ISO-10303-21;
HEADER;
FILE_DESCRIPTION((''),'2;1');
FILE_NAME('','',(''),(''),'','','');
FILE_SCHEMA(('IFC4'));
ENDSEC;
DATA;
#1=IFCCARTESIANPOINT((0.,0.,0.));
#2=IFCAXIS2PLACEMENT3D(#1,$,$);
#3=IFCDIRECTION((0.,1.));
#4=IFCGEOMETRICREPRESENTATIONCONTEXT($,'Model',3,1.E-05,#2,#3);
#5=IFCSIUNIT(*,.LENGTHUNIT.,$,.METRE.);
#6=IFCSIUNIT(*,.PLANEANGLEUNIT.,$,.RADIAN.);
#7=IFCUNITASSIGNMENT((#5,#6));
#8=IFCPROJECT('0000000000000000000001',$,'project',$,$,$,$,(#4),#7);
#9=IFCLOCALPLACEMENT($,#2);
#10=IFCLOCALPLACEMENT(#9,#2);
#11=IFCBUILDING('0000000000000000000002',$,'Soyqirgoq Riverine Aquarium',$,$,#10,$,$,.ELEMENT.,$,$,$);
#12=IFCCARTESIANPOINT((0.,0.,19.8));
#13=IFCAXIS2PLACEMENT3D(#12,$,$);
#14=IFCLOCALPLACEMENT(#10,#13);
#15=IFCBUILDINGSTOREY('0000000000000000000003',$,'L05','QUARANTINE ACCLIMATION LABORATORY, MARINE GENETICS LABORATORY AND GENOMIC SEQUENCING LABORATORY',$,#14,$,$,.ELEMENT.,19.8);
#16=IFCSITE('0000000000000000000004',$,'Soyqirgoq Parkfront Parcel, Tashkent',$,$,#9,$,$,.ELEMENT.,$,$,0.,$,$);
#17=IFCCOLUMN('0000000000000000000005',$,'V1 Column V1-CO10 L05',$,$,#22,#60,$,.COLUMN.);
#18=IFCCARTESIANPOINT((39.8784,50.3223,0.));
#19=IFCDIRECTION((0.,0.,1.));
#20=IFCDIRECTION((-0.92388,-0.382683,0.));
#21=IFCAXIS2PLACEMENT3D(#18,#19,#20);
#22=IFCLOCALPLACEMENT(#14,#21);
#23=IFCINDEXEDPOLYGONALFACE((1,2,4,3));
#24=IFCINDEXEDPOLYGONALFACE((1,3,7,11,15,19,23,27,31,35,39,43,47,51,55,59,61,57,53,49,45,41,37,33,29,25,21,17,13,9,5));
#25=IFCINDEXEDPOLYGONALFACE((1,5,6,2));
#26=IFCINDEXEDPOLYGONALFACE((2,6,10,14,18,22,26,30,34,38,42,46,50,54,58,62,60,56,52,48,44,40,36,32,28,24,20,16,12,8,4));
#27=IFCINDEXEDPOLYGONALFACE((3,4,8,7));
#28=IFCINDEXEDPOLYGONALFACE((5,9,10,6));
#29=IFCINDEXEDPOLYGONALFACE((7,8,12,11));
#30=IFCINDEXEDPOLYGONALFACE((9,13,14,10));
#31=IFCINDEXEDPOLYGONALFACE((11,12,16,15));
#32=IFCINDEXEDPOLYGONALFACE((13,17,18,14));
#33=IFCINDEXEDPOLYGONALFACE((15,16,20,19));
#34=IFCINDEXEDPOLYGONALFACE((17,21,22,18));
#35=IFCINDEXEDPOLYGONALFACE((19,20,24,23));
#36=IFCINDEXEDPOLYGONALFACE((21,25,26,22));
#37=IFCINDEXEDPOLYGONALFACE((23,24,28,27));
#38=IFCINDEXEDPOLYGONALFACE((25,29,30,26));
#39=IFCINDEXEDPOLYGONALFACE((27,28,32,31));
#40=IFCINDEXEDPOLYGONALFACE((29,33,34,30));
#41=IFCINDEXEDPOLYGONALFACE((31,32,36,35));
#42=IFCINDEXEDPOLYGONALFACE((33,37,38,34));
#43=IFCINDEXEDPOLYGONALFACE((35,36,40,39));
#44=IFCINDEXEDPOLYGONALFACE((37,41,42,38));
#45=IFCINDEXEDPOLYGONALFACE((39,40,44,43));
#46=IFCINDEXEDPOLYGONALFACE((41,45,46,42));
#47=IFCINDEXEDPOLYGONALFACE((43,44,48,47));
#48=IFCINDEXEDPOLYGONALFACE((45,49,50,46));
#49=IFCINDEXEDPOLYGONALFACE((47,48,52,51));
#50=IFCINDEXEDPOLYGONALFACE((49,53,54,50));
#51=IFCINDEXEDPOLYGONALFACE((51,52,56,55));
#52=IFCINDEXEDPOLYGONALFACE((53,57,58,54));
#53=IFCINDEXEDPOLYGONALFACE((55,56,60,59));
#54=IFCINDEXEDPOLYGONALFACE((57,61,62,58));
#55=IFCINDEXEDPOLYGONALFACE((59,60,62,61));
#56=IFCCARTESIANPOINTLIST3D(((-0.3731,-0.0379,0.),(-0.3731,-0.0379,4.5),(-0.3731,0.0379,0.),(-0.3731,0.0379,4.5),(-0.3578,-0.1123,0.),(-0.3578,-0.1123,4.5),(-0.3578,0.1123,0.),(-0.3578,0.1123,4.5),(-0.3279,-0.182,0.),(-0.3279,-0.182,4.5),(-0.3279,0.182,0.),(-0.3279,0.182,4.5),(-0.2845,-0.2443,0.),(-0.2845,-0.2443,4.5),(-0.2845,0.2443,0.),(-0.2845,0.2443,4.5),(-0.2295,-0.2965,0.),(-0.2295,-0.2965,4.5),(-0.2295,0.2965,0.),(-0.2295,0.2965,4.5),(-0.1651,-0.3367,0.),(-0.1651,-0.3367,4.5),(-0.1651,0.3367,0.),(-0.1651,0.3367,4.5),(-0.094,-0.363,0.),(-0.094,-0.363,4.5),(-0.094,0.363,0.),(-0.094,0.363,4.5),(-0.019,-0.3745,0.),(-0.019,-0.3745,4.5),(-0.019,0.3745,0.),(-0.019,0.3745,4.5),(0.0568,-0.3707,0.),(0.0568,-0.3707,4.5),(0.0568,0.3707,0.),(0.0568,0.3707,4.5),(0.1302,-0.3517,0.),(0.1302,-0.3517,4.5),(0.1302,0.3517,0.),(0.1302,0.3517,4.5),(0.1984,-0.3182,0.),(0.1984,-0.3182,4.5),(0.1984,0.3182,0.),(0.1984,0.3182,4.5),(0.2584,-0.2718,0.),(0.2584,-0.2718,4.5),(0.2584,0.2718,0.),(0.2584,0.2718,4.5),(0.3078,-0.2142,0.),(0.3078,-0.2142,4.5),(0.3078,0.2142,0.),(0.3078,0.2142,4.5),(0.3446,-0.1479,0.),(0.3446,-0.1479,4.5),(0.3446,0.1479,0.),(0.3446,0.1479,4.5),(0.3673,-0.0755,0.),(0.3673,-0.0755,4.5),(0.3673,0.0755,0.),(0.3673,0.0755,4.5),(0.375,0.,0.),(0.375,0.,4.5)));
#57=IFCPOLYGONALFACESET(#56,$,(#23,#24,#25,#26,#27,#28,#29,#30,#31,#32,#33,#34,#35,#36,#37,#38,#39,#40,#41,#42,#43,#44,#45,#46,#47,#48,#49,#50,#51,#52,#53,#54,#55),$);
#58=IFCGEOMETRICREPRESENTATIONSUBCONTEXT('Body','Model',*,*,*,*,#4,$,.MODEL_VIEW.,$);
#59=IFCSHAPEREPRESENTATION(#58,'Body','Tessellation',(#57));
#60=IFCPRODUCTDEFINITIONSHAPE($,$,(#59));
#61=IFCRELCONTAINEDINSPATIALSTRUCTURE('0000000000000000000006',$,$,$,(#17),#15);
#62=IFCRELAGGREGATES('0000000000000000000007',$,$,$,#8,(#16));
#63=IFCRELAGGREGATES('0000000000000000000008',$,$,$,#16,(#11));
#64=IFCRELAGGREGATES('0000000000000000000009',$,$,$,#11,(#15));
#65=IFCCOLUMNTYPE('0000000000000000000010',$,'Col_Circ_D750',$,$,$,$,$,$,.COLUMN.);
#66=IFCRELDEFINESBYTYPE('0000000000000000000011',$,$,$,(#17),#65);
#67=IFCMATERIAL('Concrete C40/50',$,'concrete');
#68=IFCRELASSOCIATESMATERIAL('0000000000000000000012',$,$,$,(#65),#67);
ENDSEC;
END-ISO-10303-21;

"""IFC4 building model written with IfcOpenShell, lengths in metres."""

from ifc_helpers import new_model, si_unit, direction, frame, origin, origin_2d, place, context, subcontext, project, spatial, circle, extrude, material, material_profile, profile_set, type_object, element, save


model = new_model("IFC4")

# Units and contexts
model_context = context("Model", 3, precision=1e-05, world=origin(), true_north=direction((0.0, 1.0)))
body_context = subcontext(model_context, "Body", "Model", "MODEL_VIEW")
ifc_project = project(units=[si_unit("LENGTHUNIT", "METRE"), si_unit("PLANEANGLEUNIT", "RADIAN")], contexts=[model_context])

# Site, building, storey
site_placement = place(None, origin())
site = spatial("IfcSite", under=ifc_project, at=site_placement, Name="Soyqirgoq Parkfront Parcel, Tashkent", CompositionType="ELEMENT", RefElevation=0.0)
building_placement = place(site_placement, origin())
building = spatial("IfcBuilding", under=site, at=building_placement, Name="Soyqirgoq Riverine Aquarium", CompositionType="ELEMENT")
storey_placement = place(building_placement, frame((0.0, 0.0, 19.8)))
storey = spatial("IfcBuildingStorey", under=building, at=storey_placement, Name="L05", Description="QUARANTINE ACCLIMATION LABORATORY, MARINE GENETICS LABORATORY AND GENOMIC SEQUENCING LABORATORY", CompositionType="ELEMENT", Elevation=19.8)

# Column
ifc_material_1 = material(Name="Concrete C40/50", Category="concrete")
ifc_material_profile_1 = material_profile(ifc_material_1, circle(Radius=0.375, at=origin_2d()), Name="RC-COL D750")
ifc_profile_set_1 = profile_set([ifc_material_profile_1], Name="Concrete C40/50")
column_type = type_object("IfcColumnType", Name="Col_Circ_D750", PredefinedType="COLUMN", material=ifc_profile_set_1)
column_placement = place(storey_placement, frame((39.8784, 50.3223, 0.0), z_axis=(0.0, 0.0, 1.0), x_axis=(-0.92388, -0.382683, 0.0)))
element("IfcColumn", 1, at=column_placement, inside=storey, type_object=column_type, Name="V1 Column V1-CO10 L05", PredefinedType="COLUMN", context=body_context, shape_type="SweptSolid", body=[
    extrude(circle(Radius=0.375, at=origin_2d()), origin(), (0.0, 0.0, 1.0), 4.5),
])

save(model, "model.ifc")
